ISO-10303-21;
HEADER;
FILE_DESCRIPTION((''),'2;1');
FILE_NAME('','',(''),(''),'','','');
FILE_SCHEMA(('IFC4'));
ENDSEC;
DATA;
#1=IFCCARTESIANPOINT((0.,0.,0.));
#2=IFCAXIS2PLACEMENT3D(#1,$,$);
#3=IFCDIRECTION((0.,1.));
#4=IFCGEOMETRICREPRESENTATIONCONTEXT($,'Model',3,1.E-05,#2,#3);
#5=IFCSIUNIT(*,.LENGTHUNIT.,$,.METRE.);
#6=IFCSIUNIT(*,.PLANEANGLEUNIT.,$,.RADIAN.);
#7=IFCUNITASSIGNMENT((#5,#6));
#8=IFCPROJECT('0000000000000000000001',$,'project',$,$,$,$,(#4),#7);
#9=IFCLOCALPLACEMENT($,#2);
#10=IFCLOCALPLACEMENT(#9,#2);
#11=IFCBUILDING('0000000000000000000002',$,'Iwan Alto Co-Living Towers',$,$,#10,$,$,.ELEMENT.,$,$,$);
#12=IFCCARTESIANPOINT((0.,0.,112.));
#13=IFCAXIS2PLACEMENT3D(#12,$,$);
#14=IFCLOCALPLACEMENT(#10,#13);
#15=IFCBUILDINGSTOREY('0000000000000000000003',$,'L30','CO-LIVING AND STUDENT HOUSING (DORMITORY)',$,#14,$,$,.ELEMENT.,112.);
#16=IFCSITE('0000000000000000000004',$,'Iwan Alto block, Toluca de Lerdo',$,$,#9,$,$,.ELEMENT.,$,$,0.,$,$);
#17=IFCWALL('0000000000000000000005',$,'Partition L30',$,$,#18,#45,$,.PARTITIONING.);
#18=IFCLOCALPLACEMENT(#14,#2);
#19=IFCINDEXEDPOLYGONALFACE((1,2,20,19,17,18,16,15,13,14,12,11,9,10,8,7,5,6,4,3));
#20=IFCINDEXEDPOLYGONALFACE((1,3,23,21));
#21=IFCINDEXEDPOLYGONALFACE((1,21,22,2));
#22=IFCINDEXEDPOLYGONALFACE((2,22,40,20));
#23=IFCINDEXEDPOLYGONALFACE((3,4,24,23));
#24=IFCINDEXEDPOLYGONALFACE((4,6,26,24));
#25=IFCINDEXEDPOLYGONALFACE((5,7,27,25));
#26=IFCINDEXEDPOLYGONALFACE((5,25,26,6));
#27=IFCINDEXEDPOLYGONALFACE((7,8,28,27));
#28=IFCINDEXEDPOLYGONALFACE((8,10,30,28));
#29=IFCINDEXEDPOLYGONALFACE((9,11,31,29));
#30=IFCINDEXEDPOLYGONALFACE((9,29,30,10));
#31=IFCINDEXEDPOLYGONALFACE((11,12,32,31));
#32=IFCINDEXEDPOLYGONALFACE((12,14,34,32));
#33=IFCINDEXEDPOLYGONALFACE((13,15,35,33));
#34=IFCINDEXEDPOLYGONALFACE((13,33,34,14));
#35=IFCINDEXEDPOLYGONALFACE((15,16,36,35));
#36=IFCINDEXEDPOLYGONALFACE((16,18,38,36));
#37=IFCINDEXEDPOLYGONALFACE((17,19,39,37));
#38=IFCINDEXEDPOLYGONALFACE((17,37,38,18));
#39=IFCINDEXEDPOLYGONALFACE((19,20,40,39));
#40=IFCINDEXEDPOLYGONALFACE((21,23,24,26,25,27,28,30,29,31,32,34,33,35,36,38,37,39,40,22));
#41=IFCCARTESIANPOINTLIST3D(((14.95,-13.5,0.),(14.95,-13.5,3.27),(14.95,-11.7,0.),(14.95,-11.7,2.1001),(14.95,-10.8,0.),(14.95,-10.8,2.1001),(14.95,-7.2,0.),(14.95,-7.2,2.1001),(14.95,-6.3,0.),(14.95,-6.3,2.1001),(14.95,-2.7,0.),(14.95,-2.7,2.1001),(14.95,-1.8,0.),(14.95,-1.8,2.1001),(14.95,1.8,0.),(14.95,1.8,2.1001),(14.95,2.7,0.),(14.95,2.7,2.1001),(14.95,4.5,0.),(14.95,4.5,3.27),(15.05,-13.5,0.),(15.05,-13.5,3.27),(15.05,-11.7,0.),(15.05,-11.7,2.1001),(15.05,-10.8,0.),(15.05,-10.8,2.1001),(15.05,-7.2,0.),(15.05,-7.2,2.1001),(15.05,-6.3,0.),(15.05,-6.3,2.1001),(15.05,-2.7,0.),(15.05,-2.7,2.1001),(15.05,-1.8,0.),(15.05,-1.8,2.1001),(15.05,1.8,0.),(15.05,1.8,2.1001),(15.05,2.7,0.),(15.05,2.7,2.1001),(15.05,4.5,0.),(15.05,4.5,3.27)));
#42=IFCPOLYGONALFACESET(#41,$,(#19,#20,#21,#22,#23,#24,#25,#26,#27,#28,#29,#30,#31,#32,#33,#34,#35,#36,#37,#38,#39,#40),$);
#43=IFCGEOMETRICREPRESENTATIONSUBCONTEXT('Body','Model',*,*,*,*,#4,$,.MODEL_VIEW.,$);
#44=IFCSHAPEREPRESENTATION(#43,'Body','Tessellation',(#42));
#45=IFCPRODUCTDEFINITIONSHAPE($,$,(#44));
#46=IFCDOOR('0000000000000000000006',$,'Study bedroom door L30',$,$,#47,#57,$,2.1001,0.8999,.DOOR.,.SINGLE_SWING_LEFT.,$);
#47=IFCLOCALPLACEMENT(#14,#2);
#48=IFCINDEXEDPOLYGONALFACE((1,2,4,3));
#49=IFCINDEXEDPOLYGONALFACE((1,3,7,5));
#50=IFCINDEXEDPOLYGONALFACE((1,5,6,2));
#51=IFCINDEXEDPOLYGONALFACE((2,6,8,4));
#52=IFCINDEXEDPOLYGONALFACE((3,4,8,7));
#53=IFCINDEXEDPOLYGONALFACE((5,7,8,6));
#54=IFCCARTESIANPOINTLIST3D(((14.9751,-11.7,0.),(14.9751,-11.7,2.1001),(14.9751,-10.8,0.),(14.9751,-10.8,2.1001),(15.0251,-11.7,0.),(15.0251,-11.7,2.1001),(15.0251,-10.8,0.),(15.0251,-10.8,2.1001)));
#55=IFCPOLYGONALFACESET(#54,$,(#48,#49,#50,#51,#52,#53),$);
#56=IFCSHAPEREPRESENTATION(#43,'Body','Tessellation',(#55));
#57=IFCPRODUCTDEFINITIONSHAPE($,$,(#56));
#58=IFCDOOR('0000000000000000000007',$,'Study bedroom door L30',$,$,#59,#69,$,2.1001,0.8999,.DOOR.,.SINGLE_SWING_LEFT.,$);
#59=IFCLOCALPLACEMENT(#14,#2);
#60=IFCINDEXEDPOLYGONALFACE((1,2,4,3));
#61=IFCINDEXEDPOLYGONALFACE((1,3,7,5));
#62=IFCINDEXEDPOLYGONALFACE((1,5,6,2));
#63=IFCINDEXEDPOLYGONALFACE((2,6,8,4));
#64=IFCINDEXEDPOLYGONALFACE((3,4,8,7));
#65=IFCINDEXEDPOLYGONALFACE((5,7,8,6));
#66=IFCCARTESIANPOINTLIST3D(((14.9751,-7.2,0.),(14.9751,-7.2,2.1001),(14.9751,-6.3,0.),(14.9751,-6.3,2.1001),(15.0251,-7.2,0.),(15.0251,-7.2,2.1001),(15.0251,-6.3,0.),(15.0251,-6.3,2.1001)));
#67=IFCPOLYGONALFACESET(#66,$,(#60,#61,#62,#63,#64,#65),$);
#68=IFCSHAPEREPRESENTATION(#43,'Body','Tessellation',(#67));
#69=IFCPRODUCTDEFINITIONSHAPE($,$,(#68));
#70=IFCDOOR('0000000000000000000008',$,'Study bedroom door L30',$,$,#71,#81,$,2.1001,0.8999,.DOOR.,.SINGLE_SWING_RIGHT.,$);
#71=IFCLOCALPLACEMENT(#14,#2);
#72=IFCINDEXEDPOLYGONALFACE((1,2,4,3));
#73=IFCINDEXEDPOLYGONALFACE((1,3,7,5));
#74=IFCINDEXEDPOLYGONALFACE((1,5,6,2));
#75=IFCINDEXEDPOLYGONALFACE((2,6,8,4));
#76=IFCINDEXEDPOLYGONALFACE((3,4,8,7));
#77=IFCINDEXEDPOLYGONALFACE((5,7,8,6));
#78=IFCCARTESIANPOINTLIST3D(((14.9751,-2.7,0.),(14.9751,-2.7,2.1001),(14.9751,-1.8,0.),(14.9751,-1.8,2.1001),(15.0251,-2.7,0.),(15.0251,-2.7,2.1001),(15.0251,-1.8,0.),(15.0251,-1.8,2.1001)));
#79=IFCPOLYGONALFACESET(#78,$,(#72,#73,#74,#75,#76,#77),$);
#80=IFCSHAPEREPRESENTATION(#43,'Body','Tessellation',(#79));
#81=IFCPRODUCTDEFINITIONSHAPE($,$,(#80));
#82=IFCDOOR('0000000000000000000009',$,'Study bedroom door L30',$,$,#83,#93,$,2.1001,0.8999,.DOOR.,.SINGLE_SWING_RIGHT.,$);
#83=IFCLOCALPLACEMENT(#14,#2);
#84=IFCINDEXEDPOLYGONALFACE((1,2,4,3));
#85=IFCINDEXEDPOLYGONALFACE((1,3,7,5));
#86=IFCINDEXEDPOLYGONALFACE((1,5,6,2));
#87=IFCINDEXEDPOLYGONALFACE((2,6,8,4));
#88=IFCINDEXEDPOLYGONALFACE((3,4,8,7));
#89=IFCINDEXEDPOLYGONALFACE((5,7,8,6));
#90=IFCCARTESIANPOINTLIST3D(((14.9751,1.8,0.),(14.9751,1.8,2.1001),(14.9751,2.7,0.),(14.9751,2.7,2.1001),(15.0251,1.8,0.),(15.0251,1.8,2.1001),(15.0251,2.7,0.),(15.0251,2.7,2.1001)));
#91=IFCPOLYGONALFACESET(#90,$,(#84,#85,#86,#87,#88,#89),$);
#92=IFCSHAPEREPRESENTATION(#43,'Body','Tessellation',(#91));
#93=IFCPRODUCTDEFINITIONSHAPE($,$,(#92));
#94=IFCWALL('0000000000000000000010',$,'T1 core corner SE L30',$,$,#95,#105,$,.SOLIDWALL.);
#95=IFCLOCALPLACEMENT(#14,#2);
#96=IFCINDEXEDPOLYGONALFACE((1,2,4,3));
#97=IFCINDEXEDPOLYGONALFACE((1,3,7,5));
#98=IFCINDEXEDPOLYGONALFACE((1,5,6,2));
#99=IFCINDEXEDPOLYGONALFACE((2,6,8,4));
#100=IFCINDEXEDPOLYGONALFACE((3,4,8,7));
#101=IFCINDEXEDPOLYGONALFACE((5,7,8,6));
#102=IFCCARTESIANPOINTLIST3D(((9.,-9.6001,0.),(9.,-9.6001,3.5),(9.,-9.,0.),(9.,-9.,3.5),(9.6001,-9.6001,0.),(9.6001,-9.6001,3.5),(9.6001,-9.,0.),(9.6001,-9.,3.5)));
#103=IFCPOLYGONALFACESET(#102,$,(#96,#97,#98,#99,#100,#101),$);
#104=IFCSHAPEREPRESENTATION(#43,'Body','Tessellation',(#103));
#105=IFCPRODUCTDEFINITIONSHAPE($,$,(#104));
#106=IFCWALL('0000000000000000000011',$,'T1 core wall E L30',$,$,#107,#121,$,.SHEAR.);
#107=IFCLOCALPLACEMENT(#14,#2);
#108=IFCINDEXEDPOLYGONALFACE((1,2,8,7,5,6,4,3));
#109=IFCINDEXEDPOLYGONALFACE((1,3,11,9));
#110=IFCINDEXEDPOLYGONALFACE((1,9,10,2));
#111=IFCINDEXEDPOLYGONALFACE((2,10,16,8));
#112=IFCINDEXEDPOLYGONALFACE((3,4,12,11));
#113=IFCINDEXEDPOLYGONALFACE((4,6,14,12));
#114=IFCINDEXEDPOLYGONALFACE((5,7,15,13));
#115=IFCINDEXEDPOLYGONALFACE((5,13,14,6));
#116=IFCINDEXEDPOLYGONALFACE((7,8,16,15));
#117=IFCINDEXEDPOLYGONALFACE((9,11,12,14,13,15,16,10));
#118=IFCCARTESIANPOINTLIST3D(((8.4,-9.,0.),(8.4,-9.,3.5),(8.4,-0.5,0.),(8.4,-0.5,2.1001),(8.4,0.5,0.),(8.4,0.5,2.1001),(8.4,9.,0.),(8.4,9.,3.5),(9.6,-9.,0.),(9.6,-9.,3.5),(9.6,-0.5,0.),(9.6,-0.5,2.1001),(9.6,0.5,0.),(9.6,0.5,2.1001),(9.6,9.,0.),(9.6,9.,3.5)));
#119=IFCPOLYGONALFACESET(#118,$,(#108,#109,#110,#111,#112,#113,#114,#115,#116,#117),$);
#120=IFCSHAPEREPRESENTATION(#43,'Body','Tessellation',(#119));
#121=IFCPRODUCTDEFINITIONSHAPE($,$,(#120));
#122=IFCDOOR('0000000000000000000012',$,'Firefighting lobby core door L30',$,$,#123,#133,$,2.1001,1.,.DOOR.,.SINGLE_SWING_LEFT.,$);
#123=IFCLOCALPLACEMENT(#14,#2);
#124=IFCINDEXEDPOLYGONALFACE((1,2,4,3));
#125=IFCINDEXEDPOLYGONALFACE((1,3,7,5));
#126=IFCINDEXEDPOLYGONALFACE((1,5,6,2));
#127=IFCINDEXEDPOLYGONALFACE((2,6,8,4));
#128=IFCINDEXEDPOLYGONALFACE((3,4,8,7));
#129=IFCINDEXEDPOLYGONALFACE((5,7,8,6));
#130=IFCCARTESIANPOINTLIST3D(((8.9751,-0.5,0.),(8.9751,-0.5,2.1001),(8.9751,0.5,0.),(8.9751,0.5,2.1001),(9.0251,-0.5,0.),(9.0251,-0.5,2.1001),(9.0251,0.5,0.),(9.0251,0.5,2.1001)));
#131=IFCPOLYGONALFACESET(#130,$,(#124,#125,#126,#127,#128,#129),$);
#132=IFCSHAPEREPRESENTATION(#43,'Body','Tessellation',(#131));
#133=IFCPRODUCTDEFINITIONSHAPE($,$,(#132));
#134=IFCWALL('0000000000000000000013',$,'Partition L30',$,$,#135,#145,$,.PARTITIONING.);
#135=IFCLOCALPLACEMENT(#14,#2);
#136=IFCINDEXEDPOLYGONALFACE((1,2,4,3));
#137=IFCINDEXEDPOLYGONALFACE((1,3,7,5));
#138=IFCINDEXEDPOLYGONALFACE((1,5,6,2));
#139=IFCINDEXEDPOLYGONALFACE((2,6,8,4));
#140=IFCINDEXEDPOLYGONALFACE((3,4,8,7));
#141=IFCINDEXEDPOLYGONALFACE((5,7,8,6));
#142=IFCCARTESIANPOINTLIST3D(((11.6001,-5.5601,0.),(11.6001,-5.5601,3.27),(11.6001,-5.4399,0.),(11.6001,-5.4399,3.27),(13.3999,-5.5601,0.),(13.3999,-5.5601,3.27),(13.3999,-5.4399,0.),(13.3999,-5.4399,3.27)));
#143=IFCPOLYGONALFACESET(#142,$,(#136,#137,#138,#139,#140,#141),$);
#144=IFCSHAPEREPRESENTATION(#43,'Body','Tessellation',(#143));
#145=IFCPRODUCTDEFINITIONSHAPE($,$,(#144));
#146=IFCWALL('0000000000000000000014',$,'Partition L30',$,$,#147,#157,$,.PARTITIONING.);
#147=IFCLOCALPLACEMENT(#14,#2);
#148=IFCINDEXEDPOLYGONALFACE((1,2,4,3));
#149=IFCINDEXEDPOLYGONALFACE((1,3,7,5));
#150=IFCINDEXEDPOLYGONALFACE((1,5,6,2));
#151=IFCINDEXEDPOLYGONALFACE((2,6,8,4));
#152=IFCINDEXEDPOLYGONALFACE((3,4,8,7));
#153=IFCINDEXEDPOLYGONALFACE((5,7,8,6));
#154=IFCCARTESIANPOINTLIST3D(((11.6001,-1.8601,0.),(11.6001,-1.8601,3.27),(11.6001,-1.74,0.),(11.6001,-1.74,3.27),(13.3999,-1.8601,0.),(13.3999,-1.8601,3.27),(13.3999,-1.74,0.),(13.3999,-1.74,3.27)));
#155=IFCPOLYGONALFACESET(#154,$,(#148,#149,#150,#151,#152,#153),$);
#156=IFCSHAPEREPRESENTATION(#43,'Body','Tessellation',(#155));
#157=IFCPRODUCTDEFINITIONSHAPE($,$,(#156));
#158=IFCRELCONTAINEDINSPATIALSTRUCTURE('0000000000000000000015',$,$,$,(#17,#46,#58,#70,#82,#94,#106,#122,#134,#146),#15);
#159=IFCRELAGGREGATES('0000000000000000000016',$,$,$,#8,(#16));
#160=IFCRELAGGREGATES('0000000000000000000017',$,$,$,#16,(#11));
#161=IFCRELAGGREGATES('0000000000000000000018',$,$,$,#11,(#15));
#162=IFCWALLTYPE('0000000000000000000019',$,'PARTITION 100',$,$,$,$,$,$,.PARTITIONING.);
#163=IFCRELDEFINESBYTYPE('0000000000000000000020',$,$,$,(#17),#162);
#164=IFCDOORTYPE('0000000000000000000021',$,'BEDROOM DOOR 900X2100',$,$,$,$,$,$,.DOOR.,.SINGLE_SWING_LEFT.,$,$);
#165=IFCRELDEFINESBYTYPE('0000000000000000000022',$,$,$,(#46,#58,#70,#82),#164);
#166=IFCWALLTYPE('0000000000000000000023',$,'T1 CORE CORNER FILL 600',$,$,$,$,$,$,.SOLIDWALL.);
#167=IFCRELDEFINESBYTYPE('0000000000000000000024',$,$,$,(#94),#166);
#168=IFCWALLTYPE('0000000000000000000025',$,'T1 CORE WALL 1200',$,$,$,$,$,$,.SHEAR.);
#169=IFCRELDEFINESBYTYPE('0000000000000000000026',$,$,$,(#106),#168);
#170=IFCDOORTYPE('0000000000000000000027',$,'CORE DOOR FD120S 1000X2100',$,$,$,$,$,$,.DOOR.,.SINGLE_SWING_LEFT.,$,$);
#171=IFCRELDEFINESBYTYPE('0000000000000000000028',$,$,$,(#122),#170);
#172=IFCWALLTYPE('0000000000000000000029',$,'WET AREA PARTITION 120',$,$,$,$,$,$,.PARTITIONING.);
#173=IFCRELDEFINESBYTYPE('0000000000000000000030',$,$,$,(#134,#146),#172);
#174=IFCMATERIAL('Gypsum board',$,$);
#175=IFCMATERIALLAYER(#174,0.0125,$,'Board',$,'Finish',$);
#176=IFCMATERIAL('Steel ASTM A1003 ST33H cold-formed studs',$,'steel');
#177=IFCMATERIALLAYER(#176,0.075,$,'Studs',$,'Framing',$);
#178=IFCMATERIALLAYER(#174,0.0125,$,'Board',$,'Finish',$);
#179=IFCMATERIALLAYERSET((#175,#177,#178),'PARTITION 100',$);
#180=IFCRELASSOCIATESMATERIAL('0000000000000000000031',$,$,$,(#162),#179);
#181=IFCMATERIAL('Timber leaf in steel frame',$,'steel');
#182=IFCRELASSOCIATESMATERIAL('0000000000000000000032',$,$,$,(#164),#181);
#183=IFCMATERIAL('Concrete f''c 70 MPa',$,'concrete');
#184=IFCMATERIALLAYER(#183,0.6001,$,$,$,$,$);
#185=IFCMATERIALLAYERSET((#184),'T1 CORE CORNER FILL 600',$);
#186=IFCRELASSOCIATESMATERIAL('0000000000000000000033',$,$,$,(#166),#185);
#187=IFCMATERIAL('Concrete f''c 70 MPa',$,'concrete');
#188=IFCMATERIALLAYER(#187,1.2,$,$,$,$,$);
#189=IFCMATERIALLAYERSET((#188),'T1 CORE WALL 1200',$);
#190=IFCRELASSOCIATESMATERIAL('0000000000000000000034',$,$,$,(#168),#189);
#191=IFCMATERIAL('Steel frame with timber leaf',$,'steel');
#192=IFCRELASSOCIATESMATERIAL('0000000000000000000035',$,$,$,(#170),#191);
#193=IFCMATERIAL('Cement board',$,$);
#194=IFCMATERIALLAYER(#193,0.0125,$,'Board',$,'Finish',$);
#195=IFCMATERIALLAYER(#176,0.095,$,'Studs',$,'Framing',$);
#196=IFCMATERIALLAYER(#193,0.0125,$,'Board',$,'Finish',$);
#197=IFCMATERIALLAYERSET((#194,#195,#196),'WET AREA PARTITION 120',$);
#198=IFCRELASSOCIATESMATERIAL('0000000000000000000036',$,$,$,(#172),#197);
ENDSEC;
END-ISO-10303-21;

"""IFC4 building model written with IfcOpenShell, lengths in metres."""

from ifc_helpers import new_model, si_unit, direction, frame, frame_2d, origin, place, context, subcontext, project, spatial, rectangle, extrude, material, layer, layer_set, type_object, element, fill, save


model = new_model("IFC4")

# Units and contexts
model_context = context("Model", 3, precision=1e-05, world=origin(), true_north=direction((0.0, 1.0)))
body_context = subcontext(model_context, "Body", "Model", "MODEL_VIEW")
ifc_project = project(units=[si_unit("LENGTHUNIT", "METRE"), si_unit("PLANEANGLEUNIT", "RADIAN")], contexts=[model_context])

# Site, building, storey
site_placement = place(None, origin())
site = spatial("IfcSite", under=ifc_project, at=site_placement, Name="Iwan Alto block, Toluca de Lerdo", CompositionType="ELEMENT", RefElevation=0.0)
building_placement = place(site_placement, origin())
building = spatial("IfcBuilding", under=site, at=building_placement, Name="Iwan Alto Co-Living Towers", CompositionType="ELEMENT")
storey_placement = place(building_placement, frame((0.0, 0.0, 112.0)))
storey = spatial("IfcBuildingStorey", under=building, at=storey_placement, Name="L30", Description="CO-LIVING AND STUDENT HOUSING (DORMITORY)", CompositionType="ELEMENT", Elevation=112.0)

# Shared definitions
ifc_material_1 = material(Name="Gypsum board")
ifc_material_2 = material(Name="Steel ASTM A1003 ST33H cold-formed studs", Category="steel")

# Shared definitions
ifc_layer_1 = layer(ifc_material_1, 0.0125, Name="Board", Category="Finish")
ifc_layer_2 = layer(ifc_material_2, 0.075, Name="Studs", Category="Framing")
ifc_layer_3 = layer(ifc_material_1, 0.0125, Name="Board", Category="Finish")
ifc_layer_set_1 = layer_set([ifc_layer_1, ifc_layer_2, ifc_layer_3], Name="PARTITION 100")
wall_type_1 = type_object("IfcWallType", Name="PARTITION 100", PredefinedType="PARTITIONING", material=ifc_layer_set_1)

# Wall, openings, doors
wall_1_placement = place(storey_placement, frame((15.0, -13.5, 0.0), z_axis=(0.0, 0.0, 1.0), x_axis=(0.0, 1.0, 0.0)))
wall_1 = element("IfcWall", 1, at=wall_1_placement, inside=storey, type_object=wall_type_1, Name="Partition L30", PredefinedType="PARTITIONING", context=body_context, shape_type="SweptSolid", body=[
    extrude(rectangle(XDim=18.0, YDim=0.1001, at=frame_2d((9.0, 0.0))), origin(), (0.0, 0.0, 1.0), 3.27),
])
opening_1_placement = place(wall_1_placement, frame((1.8, 0.0, 0.0)))
opening_1 = element("IfcOpeningElement", 2, at=opening_1_placement, cuts=wall_1, PredefinedType="OPENING", context=body_context, shape_type="SweptSolid", body=[
    extrude(rectangle(XDim=0.8999, YDim=2.1001, at=frame_2d((0.45, 1.05))), frame((0.0, 0.0601, 0.0), z_axis=(0.0, -1.0, 0.0), x_axis=(1.0, 0.0, 0.0)), (0.0, 0.0, 1.0), 0.1201),
])
opening_2_placement = place(wall_1_placement, frame((6.3, 0.0, 0.0)))
opening_2 = element("IfcOpeningElement", 3, at=opening_2_placement, cuts=wall_1, PredefinedType="OPENING", context=body_context, shape_type="SweptSolid", body=[
    extrude(rectangle(XDim=0.8999, YDim=2.1001, at=frame_2d((0.45, 1.05))), frame((0.0, 0.0601, 0.0), z_axis=(0.0, -1.0, 0.0), x_axis=(1.0, 0.0, 0.0)), (0.0, 0.0, 1.0), 0.1201),
])
opening_3_placement = place(wall_1_placement, frame((10.8, 0.0, 0.0)))
opening_3 = element("IfcOpeningElement", 4, at=opening_3_placement, cuts=wall_1, PredefinedType="OPENING", context=body_context, shape_type="SweptSolid", body=[
    extrude(rectangle(XDim=0.8999, YDim=2.1001, at=frame_2d((0.45, 1.05))), frame((0.0, 0.0601, 0.0), z_axis=(0.0, -1.0, 0.0), x_axis=(1.0, 0.0, 0.0)), (0.0, 0.0, 1.0), 0.1201),
])
opening_4_placement = place(wall_1_placement, frame((15.3, 0.0, 0.0)))
opening_4 = element("IfcOpeningElement", 5, at=opening_4_placement, cuts=wall_1, PredefinedType="OPENING", context=body_context, shape_type="SweptSolid", body=[
    extrude(rectangle(XDim=0.8999, YDim=2.1001, at=frame_2d((0.45, 1.05))), frame((0.0, 0.0601, 0.0), z_axis=(0.0, -1.0, 0.0), x_axis=(1.0, 0.0, 0.0)), (0.0, 0.0, 1.0), 0.1201),
])
ifc_material_3 = material(Name="Timber leaf in steel frame", Category="steel")
door_type_1 = type_object("IfcDoorType", Name="BEDROOM DOOR 900X2100", OperationType="SINGLE_SWING_LEFT", PredefinedType="DOOR", material=ifc_material_3)
door_1_placement = place(opening_1_placement, origin())
door_1 = element("IfcDoor", 6, at=door_1_placement, inside=storey, type_object=door_type_1, Name="Study bedroom door L30", OperationType="SINGLE_SWING_LEFT", OverallHeight=2.1001, OverallWidth=0.8999, PredefinedType="DOOR", context=body_context, shape_type="SweptSolid", body=[
    extrude(rectangle(XDim=0.8999, YDim=2.1001, at=frame_2d((0.45, 1.05))), frame((0.0, 0.0249, 0.0), z_axis=(0.0, -1.0, 0.0), x_axis=(1.0, 0.0, 0.0)), (0.0, 0.0, 1.0), 0.05),
])
fill(opening_1, door_1)
door_2_placement = place(opening_2_placement, origin())
door_2 = element("IfcDoor", 7, at=door_2_placement, inside=storey, type_object=door_type_1, Name="Study bedroom door L30", OperationType="SINGLE_SWING_LEFT", OverallHeight=2.1001, OverallWidth=0.8999, PredefinedType="DOOR", context=body_context, shape_type="SweptSolid", body=[
    extrude(rectangle(XDim=0.8999, YDim=2.1001, at=frame_2d((0.45, 1.05))), frame((0.0, 0.0249, 0.0), z_axis=(0.0, -1.0, 0.0), x_axis=(1.0, 0.0, 0.0)), (0.0, 0.0, 1.0), 0.05),
])
fill(opening_2, door_2)
door_3_placement = place(opening_3_placement, origin())
door_3 = element("IfcDoor", 8, at=door_3_placement, inside=storey, type_object=door_type_1, Name="Study bedroom door L30", OperationType="SINGLE_SWING_RIGHT", OverallHeight=2.1001, OverallWidth=0.8999, PredefinedType="DOOR", context=body_context, shape_type="SweptSolid", body=[
    extrude(rectangle(XDim=0.8999, YDim=2.1001, at=frame_2d((0.45, 1.05))), frame((0.0, 0.0249, 0.0), z_axis=(0.0, -1.0, 0.0), x_axis=(1.0, 0.0, 0.0)), (0.0, 0.0, 1.0), 0.05),
])
fill(opening_3, door_3)
door_4_placement = place(opening_4_placement, origin())
door_4 = element("IfcDoor", 9, at=door_4_placement, inside=storey, type_object=door_type_1, Name="Study bedroom door L30", OperationType="SINGLE_SWING_RIGHT", OverallHeight=2.1001, OverallWidth=0.8999, PredefinedType="DOOR", context=body_context, shape_type="SweptSolid", body=[
    extrude(rectangle(XDim=0.8999, YDim=2.1001, at=frame_2d((0.45, 1.05))), frame((0.0, 0.0249, 0.0), z_axis=(0.0, -1.0, 0.0), x_axis=(1.0, 0.0, 0.0)), (0.0, 0.0, 1.0), 0.05),
])
fill(opening_4, door_4)

# Wall
ifc_material_4 = material(Name="Concrete f'c 70 MPa", Category="concrete")
ifc_layer_4 = layer(ifc_material_4, 0.6001)
ifc_layer_set_2 = layer_set([ifc_layer_4], Name="T1 CORE CORNER FILL 600")
wall_type_2 = type_object("IfcWallType", Name="T1 CORE CORNER FILL 600", PredefinedType="SOLIDWALL", material=ifc_layer_set_2)
wall_2_placement = place(storey_placement, frame((9.0, -9.3, 0.0), z_axis=(0.0, 0.0, 1.0), x_axis=(1.0, 0.0, 0.0)))
element("IfcWall", 10, at=wall_2_placement, inside=storey, type_object=wall_type_2, Name="T1 core corner SE L30", PredefinedType="SOLIDWALL", context=body_context, shape_type="SweptSolid", body=[
    extrude(rectangle(XDim=0.6001, YDim=0.6001, at=frame_2d((0.3, 0.0))), origin(), (0.0, 0.0, 1.0), 3.5),
])

# Wall, opening, door
ifc_material_5 = material(Name="Concrete f'c 70 MPa", Category="concrete")
ifc_layer_5 = layer(ifc_material_5, 1.2)
ifc_layer_set_3 = layer_set([ifc_layer_5], Name="T1 CORE WALL 1200")
wall_type_3 = type_object("IfcWallType", Name="T1 CORE WALL 1200", PredefinedType="SHEAR", material=ifc_layer_set_3)
wall_3_placement = place(storey_placement, frame((9.0, -9.0, 0.0), z_axis=(0.0, 0.0, 1.0), x_axis=(0.0, 1.0, 0.0)))
wall_3 = element("IfcWall", 11, at=wall_3_placement, inside=storey, type_object=wall_type_3, Name="T1 core wall E L30", PredefinedType="SHEAR", context=body_context, shape_type="SweptSolid", body=[
    extrude(rectangle(XDim=18.0, YDim=1.2, at=frame_2d((9.0, 0.0))), origin(), (0.0, 0.0, 1.0), 3.5),
])
opening_5_placement = place(wall_3_placement, frame((8.5, 0.0, 0.0)))
opening_5 = element("IfcOpeningElement", 12, at=opening_5_placement, cuts=wall_3, PredefinedType="OPENING", context=body_context, shape_type="SweptSolid", body=[
    extrude(rectangle(XDim=1.0, YDim=2.1001, at=frame_2d((0.5, 1.05))), frame((0.0, 0.6099, 0.0), z_axis=(0.0, -1.0, 0.0), x_axis=(1.0, 0.0, 0.0)), (0.0, 0.0, 1.0), 1.22),
])
ifc_material_6 = material(Name="Steel frame with timber leaf", Category="steel")
door_type_2 = type_object("IfcDoorType", Name="CORE DOOR FD120S 1000X2100", OperationType="SINGLE_SWING_LEFT", PredefinedType="DOOR", material=ifc_material_6)
door_5_placement = place(opening_5_placement, origin())
door_5 = element("IfcDoor", 13, at=door_5_placement, inside=storey, type_object=door_type_2, Name="Firefighting lobby core door L30", OperationType="SINGLE_SWING_LEFT", OverallHeight=2.1001, OverallWidth=1.0, PredefinedType="DOOR", context=body_context, shape_type="SweptSolid", body=[
    extrude(rectangle(XDim=1.0, YDim=2.1001, at=frame_2d((0.5, 1.05))), frame((0.0, 0.0249, 0.0), z_axis=(0.0, -1.0, 0.0), x_axis=(1.0, 0.0, 0.0)), (0.0, 0.0, 1.0), 0.05),
])
fill(opening_5, door_5)

# Walls
ifc_material_7 = material(Name="Cement board")
ifc_layer_6 = layer(ifc_material_7, 0.0125, Name="Board", Category="Finish")
ifc_layer_7 = layer(ifc_material_2, 0.095, Name="Studs", Category="Framing")
ifc_layer_8 = layer(ifc_material_7, 0.0125, Name="Board", Category="Finish")
ifc_layer_set_4 = layer_set([ifc_layer_6, ifc_layer_7, ifc_layer_8], Name="WET AREA PARTITION 120")
wall_type_4 = type_object("IfcWallType", Name="WET AREA PARTITION 120", PredefinedType="PARTITIONING", material=ifc_layer_set_4)
for number, where, z_axis, x_axis, name in (
    (14, (11.6001, -5.5, 0.0), (0.0, 0.0, 1.0), (1.0, 0.0, 0.0), "Partition L30"),
    (15, (11.6001, -1.8, 0.0), (0.0, 0.0, 1.0), (1.0, 0.0, 0.0), "Partition L30"),
):
    element("IfcWall", number, at=place(storey_placement, frame(where, z_axis=z_axis, x_axis=x_axis)), inside=storey, type_object=wall_type_4, Name=name, PredefinedType="PARTITIONING", context=body_context, shape_type="SweptSolid", body=[
        extrude(rectangle(XDim=1.7998, YDim=0.1201, at=frame_2d((0.8999, 0.0))), origin(), (0.0, 0.0, 1.0), 3.27),
    ])

save(model, "model.ifc")
